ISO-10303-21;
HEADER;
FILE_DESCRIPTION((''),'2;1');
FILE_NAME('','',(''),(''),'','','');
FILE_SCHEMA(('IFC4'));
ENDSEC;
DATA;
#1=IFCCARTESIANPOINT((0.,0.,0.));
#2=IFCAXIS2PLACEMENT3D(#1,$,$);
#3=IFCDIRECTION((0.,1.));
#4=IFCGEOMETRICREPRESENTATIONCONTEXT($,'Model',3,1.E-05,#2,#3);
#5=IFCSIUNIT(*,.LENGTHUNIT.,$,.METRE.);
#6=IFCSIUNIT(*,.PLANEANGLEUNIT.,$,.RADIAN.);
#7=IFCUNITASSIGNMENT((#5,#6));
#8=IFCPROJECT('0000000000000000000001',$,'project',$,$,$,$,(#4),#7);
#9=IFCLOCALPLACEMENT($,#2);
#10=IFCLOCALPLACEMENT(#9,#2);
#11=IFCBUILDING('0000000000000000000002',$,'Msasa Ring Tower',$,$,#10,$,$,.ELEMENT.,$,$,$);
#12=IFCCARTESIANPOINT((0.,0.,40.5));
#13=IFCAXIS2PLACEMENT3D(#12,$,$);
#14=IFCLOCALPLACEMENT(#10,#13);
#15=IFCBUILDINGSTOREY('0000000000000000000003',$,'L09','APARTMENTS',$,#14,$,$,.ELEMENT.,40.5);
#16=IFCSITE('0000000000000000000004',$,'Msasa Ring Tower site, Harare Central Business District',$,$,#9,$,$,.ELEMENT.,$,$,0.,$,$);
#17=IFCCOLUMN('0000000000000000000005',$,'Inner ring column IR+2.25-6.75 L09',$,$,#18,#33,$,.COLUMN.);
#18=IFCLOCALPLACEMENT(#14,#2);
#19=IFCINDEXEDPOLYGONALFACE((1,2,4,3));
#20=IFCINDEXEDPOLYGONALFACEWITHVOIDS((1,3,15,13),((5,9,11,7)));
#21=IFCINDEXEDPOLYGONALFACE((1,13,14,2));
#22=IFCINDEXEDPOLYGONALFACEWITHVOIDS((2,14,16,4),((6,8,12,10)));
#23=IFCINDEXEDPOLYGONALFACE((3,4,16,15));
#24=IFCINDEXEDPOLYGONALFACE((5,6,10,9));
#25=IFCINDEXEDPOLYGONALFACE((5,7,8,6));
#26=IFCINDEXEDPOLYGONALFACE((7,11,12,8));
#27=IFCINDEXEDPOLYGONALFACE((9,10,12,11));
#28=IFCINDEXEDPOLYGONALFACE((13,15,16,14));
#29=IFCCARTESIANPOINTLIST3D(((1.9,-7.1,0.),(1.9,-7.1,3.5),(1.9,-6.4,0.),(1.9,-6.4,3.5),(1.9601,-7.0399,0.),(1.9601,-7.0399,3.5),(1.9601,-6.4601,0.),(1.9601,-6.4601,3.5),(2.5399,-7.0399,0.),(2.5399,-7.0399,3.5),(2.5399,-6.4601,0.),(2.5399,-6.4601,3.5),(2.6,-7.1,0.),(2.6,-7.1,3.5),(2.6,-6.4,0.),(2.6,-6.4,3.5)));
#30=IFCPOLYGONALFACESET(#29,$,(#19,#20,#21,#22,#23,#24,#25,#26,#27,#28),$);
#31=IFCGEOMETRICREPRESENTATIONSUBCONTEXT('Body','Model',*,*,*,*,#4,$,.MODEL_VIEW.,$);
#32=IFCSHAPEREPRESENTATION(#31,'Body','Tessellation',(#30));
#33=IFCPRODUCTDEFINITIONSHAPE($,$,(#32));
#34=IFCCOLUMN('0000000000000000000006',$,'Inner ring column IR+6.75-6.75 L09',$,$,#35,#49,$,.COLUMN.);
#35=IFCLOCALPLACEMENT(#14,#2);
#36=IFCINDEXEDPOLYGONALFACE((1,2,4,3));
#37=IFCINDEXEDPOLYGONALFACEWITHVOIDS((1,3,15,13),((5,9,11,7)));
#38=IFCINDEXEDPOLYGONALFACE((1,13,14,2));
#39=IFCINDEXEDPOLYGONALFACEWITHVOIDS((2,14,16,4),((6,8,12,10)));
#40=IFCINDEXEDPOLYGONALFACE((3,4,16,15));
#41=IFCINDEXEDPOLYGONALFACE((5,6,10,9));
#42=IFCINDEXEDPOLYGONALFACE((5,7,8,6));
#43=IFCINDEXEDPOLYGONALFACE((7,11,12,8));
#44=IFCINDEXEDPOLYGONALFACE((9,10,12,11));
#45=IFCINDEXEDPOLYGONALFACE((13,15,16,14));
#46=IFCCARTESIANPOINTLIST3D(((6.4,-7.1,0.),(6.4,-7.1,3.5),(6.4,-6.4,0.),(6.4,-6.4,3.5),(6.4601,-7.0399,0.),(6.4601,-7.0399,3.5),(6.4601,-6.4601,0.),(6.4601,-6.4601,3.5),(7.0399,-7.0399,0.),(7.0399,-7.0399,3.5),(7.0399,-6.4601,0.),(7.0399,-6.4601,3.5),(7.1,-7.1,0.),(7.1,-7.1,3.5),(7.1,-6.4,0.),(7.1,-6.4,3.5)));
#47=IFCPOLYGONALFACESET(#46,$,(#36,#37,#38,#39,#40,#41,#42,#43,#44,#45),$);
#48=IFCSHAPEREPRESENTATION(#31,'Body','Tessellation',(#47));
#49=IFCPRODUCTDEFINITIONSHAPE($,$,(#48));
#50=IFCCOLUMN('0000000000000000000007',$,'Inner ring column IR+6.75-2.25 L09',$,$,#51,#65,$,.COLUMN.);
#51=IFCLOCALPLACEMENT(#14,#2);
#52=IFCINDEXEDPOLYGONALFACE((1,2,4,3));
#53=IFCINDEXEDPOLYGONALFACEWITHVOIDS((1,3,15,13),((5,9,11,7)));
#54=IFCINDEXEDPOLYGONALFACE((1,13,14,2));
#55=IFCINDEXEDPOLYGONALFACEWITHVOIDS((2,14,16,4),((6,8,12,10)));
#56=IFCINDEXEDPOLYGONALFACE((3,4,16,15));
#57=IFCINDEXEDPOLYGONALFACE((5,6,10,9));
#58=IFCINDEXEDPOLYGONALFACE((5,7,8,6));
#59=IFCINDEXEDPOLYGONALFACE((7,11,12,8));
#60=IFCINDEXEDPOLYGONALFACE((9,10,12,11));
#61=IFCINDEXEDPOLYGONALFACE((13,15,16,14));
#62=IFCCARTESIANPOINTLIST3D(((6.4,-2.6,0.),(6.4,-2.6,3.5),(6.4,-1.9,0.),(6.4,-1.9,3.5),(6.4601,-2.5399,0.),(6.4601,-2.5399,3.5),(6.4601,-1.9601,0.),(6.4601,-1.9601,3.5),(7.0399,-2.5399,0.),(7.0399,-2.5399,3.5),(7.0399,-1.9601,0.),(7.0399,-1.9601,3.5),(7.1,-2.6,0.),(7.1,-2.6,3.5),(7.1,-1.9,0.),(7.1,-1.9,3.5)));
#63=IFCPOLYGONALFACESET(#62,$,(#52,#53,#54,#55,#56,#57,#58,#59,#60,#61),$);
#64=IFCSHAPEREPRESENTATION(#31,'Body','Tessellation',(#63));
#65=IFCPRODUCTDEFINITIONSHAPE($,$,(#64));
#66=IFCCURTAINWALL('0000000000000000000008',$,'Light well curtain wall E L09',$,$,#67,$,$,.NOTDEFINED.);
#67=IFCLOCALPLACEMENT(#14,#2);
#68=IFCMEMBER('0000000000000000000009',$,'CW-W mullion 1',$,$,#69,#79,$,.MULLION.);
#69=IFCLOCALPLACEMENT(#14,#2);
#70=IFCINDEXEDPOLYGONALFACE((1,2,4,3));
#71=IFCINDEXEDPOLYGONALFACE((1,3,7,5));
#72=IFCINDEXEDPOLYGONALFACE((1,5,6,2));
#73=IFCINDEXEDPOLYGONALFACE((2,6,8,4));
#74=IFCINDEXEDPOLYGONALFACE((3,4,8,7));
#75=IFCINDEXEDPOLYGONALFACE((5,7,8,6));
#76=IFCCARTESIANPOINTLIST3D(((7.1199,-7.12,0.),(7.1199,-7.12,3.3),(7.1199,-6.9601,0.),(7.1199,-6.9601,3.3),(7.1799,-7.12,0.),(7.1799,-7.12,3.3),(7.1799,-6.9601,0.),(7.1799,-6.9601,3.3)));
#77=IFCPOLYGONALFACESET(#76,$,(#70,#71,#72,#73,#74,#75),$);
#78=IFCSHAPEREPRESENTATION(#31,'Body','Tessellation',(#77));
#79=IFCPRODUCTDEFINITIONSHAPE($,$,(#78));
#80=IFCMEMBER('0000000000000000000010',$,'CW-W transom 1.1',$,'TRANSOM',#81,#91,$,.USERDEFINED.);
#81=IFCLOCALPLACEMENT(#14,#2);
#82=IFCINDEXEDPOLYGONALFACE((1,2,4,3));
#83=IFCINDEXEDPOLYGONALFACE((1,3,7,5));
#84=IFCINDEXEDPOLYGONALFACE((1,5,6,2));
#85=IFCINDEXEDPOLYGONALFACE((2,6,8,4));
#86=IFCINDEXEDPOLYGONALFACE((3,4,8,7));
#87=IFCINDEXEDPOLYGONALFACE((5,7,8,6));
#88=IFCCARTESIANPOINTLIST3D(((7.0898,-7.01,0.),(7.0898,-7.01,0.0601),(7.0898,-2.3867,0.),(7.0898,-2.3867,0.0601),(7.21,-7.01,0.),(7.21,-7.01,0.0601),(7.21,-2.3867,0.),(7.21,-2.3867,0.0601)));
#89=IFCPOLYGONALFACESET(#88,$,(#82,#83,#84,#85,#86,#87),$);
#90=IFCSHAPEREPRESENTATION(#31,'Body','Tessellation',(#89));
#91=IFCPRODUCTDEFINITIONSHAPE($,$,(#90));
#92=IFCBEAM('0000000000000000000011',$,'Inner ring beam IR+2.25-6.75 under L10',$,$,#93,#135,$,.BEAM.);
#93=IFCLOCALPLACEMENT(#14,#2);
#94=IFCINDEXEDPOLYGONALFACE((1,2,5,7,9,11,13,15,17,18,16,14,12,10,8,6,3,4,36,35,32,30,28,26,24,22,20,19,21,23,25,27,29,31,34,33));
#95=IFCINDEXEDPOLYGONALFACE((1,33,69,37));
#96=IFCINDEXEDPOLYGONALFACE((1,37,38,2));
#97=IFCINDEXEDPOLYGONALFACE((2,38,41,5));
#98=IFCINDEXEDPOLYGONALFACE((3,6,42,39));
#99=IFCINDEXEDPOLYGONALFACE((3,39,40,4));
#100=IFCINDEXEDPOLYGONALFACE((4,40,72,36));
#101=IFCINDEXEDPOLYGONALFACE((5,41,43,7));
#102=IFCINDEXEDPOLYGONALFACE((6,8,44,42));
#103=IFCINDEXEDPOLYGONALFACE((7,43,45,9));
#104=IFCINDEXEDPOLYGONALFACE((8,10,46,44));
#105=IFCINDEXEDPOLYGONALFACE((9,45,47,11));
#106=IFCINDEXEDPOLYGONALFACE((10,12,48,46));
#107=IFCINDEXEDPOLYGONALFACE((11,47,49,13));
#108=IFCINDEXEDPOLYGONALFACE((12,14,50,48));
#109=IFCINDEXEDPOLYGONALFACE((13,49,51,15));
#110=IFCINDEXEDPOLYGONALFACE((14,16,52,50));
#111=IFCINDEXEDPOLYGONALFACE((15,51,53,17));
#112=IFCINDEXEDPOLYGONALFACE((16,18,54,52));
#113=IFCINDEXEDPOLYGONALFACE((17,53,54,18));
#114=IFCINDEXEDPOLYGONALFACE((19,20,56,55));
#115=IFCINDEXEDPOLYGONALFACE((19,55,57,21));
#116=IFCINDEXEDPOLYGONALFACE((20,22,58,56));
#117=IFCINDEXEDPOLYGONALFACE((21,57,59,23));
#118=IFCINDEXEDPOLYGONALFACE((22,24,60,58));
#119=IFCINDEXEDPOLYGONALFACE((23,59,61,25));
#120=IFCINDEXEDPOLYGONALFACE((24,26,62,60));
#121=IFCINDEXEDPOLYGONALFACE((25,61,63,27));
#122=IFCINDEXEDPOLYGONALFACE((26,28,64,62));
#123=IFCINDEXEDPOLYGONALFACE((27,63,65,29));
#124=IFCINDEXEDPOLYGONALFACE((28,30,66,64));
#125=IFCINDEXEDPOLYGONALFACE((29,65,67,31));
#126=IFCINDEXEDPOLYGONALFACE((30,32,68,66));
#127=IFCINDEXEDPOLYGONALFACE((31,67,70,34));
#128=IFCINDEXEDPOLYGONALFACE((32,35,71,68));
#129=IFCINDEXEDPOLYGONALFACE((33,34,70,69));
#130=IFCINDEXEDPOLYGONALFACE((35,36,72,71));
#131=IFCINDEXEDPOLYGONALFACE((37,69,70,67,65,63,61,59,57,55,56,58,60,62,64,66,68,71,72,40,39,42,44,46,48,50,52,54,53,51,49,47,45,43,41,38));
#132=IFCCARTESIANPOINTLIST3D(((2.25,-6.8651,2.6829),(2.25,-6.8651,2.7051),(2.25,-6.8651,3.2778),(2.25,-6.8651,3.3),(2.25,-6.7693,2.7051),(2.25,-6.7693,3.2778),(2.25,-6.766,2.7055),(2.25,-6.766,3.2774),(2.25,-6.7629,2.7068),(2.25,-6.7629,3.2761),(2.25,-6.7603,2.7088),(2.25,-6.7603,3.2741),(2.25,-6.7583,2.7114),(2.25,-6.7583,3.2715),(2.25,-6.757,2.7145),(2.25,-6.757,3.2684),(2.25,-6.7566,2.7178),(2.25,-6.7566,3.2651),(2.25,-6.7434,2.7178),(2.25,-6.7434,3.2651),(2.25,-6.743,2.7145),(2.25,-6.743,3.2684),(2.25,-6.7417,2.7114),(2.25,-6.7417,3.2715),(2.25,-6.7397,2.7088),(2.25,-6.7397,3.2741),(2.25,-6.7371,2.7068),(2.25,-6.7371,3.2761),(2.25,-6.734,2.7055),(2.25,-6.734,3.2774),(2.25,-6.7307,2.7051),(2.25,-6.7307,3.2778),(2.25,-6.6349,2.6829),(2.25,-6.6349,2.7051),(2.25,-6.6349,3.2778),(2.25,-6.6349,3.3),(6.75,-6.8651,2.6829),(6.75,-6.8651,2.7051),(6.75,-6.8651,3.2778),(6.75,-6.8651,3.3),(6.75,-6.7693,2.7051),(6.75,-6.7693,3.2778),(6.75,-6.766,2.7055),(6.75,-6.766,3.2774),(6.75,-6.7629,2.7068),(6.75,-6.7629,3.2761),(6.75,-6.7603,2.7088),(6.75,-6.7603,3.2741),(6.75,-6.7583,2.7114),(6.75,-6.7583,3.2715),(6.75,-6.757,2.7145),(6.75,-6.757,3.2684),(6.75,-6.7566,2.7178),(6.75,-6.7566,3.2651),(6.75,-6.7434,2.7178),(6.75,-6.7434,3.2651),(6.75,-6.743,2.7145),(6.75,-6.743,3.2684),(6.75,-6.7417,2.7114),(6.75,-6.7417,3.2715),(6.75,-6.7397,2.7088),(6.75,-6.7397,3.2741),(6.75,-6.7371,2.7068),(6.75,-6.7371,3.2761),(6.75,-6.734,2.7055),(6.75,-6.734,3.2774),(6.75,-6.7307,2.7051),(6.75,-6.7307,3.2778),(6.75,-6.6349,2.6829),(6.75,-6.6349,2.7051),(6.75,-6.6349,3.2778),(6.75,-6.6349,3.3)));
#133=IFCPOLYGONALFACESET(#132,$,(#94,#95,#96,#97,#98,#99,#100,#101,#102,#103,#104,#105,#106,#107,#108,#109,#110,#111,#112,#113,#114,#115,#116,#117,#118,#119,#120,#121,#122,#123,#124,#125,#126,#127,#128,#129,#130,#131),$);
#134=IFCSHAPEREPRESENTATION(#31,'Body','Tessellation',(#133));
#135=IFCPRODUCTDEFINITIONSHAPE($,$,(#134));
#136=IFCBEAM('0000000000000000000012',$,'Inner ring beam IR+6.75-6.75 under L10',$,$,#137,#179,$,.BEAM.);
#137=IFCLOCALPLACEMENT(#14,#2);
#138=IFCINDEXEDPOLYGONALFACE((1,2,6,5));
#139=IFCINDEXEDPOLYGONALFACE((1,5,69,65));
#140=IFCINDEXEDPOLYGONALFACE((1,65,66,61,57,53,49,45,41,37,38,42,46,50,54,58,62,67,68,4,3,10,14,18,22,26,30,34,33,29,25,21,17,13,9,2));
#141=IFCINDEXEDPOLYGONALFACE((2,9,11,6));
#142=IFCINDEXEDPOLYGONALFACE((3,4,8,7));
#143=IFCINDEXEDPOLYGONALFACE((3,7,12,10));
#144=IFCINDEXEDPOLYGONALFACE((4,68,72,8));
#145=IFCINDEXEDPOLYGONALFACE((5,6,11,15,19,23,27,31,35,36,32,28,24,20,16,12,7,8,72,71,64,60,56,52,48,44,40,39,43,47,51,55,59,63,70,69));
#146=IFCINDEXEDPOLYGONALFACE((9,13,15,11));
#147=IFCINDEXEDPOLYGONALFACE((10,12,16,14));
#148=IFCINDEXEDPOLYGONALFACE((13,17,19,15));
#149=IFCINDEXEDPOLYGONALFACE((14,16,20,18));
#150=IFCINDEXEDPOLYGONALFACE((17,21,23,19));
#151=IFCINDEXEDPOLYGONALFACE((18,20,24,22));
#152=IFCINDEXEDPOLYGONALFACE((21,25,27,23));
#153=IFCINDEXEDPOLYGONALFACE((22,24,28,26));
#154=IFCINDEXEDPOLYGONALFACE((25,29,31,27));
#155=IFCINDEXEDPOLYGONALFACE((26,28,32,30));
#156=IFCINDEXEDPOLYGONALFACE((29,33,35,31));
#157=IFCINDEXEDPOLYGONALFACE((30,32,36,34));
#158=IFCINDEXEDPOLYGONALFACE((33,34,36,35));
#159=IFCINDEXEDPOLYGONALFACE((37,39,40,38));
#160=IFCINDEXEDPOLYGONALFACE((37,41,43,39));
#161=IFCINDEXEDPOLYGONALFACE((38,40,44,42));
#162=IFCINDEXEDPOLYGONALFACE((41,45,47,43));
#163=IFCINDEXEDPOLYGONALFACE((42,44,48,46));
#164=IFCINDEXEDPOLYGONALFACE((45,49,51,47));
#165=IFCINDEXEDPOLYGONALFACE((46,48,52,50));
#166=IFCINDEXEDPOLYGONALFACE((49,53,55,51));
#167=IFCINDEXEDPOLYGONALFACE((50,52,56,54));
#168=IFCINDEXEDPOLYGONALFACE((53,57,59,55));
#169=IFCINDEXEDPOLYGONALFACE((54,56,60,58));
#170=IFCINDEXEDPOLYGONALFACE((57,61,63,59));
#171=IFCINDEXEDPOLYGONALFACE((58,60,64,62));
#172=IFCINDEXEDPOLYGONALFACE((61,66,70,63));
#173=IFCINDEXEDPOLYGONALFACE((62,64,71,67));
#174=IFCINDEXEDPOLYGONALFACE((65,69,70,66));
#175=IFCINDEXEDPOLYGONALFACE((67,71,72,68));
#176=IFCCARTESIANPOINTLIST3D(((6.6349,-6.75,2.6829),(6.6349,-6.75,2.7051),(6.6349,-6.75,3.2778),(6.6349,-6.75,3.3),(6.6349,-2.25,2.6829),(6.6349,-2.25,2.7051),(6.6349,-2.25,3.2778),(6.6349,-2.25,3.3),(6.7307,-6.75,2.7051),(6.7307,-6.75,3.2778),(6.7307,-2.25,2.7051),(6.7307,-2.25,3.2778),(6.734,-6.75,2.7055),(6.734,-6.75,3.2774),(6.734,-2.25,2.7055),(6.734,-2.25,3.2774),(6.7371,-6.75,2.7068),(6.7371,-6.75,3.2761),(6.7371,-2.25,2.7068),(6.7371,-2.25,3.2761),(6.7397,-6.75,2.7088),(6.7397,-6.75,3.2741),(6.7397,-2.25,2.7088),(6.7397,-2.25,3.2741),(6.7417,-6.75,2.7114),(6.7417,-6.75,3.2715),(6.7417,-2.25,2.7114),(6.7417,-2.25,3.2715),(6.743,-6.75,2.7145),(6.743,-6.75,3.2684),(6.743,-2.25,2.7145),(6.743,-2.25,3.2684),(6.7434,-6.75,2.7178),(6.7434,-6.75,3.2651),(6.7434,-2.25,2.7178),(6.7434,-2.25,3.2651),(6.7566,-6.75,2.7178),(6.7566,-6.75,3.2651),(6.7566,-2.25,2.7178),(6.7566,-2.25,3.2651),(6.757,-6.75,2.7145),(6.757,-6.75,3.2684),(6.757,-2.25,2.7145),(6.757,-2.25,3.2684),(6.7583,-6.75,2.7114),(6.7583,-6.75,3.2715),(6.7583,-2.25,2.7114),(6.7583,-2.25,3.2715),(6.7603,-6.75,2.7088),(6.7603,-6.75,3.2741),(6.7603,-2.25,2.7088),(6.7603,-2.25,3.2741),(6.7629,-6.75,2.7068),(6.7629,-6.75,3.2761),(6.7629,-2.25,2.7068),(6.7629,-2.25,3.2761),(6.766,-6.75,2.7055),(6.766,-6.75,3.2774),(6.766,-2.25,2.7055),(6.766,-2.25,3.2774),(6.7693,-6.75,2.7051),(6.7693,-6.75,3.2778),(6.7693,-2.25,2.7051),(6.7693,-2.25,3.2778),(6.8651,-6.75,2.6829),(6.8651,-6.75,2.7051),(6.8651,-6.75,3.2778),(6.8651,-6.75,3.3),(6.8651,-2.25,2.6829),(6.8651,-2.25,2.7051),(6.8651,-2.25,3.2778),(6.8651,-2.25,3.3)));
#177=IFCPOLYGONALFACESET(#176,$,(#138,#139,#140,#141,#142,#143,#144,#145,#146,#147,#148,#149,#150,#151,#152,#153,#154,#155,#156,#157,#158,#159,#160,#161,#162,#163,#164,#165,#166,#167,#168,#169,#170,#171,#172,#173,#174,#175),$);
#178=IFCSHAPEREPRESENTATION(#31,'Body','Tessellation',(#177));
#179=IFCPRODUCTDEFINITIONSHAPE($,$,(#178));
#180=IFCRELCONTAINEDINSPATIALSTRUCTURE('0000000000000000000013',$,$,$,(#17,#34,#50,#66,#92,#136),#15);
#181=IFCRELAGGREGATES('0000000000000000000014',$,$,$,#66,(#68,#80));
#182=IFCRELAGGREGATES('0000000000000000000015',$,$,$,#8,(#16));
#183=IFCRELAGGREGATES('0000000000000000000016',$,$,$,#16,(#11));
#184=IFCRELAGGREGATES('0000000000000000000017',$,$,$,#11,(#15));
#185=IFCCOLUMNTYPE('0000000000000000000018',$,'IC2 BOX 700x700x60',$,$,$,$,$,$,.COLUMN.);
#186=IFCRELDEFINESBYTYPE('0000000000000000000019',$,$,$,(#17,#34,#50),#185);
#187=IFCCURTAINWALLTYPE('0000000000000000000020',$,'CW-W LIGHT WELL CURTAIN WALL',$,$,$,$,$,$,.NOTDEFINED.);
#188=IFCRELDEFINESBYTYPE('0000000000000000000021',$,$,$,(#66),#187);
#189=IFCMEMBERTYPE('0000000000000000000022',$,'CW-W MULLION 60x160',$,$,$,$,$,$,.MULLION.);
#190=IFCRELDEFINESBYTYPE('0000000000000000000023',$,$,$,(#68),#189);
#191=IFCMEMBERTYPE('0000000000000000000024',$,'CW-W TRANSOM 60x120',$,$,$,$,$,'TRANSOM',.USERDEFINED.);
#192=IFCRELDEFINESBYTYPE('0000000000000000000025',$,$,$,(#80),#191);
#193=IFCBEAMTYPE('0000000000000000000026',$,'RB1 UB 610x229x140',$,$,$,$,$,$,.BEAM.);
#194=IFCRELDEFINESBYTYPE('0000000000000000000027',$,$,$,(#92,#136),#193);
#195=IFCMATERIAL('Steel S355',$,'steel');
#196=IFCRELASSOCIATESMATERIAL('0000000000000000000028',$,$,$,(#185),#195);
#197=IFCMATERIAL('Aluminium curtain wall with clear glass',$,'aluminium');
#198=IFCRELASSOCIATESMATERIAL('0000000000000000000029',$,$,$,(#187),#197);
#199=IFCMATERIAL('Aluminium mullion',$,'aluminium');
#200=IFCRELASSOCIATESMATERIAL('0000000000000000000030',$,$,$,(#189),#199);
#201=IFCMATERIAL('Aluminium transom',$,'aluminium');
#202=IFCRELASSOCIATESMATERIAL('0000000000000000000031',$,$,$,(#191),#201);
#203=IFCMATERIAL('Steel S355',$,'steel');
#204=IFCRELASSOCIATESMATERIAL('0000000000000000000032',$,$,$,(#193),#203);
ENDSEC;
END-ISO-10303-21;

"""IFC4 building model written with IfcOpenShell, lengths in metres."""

from ifc_helpers import new_model, si_unit, direction, frame, origin, origin_2d, place, context, subcontext, project, spatial, rectangle, hollow_rectangle, i_section, extrude, material, material_profile, profile_set, type_object, element, aggregate, save


model = new_model("IFC4")

# Units and contexts
model_context = context("Model", 3, precision=1e-05, world=origin(), true_north=direction((0.0, 1.0)))
body_context = subcontext(model_context, "Body", "Model", "MODEL_VIEW")
ifc_project = project(units=[si_unit("LENGTHUNIT", "METRE"), si_unit("PLANEANGLEUNIT", "RADIAN")], contexts=[model_context])

# Site, building, storey
site_placement = place(None, origin())
site = spatial("IfcSite", under=ifc_project, at=site_placement, Name="Msasa Ring Tower site, Harare Central Business District", CompositionType="ELEMENT", RefElevation=0.0)
building_placement = place(site_placement, origin())
building = spatial("IfcBuilding", under=site, at=building_placement, Name="Msasa Ring Tower", CompositionType="ELEMENT")
storey_placement = place(building_placement, frame((0.0, 0.0, 40.5)))
storey = spatial("IfcBuildingStorey", under=building, at=storey_placement, Name="L09", Description="APARTMENTS", CompositionType="ELEMENT", Elevation=40.5)

# Columns
ifc_material_1 = material(Name="Steel S355", Category="steel")
ifc_material_profile_1 = material_profile(ifc_material_1, hollow_rectangle(XDim=0.7, YDim=0.7, WallThickness=0.0601, at=origin_2d()), Name="BOX 700x700x60")
ifc_profile_set_1 = profile_set([ifc_material_profile_1], Name="Steel S355")
column_type = type_object("IfcColumnType", Name="IC2 BOX 700x700x60", PredefinedType="COLUMN", material=ifc_profile_set_1)
for number, where, z_axis, x_axis, name in (
    (1, (2.25, -6.75, 0.0), (0.0, 0.0, 1.0), (1.0, 0.0, 0.0), "Inner ring column IR+2.25-6.75 L09"),
    (2, (6.75, -6.75, 0.0), (0.0, 0.0, 1.0), (1.0, 0.0, 0.0), "Inner ring column IR+6.75-6.75 L09"),
    (3, (6.75, -2.25, 0.0), (0.0, 0.0, 1.0), (1.0, 0.0, 0.0), "Inner ring column IR+6.75-2.25 L09"),
):
    element("IfcColumn", number, at=place(storey_placement, frame(where, z_axis=z_axis, x_axis=x_axis)), inside=storey, type_object=column_type, Name=name, PredefinedType="COLUMN", context=body_context, shape_type="SweptSolid", body=[
        extrude(hollow_rectangle(XDim=0.7, YDim=0.7, WallThickness=0.0601, at=origin_2d()), origin(), (0.0, 0.0, 1.0), 3.5),
    ])

# Curtain wall, members
ifc_material_2 = material(Name="Aluminium curtain wall with clear glass", Category="aluminium")
curtain_wall_type = type_object("IfcCurtainWallType", Name="CW-W LIGHT WELL CURTAIN WALL", PredefinedType="NOTDEFINED", material=ifc_material_2)
curtain_wall_1_placement = place(storey_placement, origin())
curtain_wall_1 = element("IfcCurtainWall", 4, at=curtain_wall_1_placement, inside=storey, type_object=curtain_wall_type, Name="Light well curtain wall E L09", PredefinedType="NOTDEFINED")
ifc_material_3 = material(Name="Aluminium mullion", Category="aluminium")
ifc_material_profile_2 = material_profile(ifc_material_3, rectangle(XDim=0.0601, YDim=0.1599, at=origin_2d()), Name="AL 60x160")
ifc_profile_set_2 = profile_set([ifc_material_profile_2], Name="Aluminium mullion")
member_type_1 = type_object("IfcMemberType", Name="CW-W MULLION 60x160", PredefinedType="MULLION", material=ifc_profile_set_2)
member_1_placement = place(storey_placement, frame((7.1499, -7.04, 0.0), z_axis=(0.0, 0.0, 1.0), x_axis=(-1.0, 0.0, 0.0)))
member_1 = element("IfcMember", 5, at=member_1_placement, type_object=member_type_1, Name="CW-W mullion 1", PredefinedType="MULLION", context=body_context, shape_type="SweptSolid", body=[
    extrude(rectangle(XDim=0.0601, YDim=0.1599, at=origin_2d()), origin(), (0.0, 0.0, 1.0), 3.3),
])
ifc_material_4 = material(Name="Aluminium transom", Category="aluminium")
ifc_material_profile_3 = material_profile(ifc_material_4, rectangle(XDim=0.1201, YDim=0.0601, at=origin_2d()), Name="AL 60x120")
ifc_profile_set_3 = profile_set([ifc_material_profile_3], Name="Aluminium transom")
member_type_2 = type_object("IfcMemberType", Name="CW-W TRANSOM 60x120", ElementType="TRANSOM", PredefinedType="USERDEFINED", material=ifc_profile_set_3)
member_2_placement = place(storey_placement, frame((7.1499, -7.01, 0.03), z_axis=(0.0, 1.0, 0.0), x_axis=(-1.0, 0.0, 0.0)))
member_2 = element("IfcMember", 6, at=member_2_placement, type_object=member_type_2, Name="CW-W transom 1.1", ObjectType="TRANSOM", PredefinedType="USERDEFINED", context=body_context, shape_type="SweptSolid", body=[
    extrude(rectangle(XDim=0.1201, YDim=0.0601, at=origin_2d()), origin(), (0.0, 0.0, 1.0), 4.6233),
])
aggregate(curtain_wall_1, [member_1, member_2])

# Beams
ifc_material_5 = material(Name="Steel S355", Category="steel")
ifc_material_profile_4 = material_profile(ifc_material_5, i_section(OverallWidth=0.2302, OverallDepth=0.6172, WebThickness=0.0132, FlangeThickness=0.0222, FilletRadius=0.0127, at=origin_2d()), Name="UB 610x229x140")
ifc_profile_set_4 = profile_set([ifc_material_profile_4], Name="Steel S355")
beam_type = type_object("IfcBeamType", Name="RB1 UB 610x229x140", PredefinedType="BEAM", material=ifc_profile_set_4)
for number, where, z_axis, x_axis, name in (
    (7, (2.25, -6.75, 2.9915), (1.0, 0.0, 0.0), (0.0, 1.0, 0.0), "Inner ring beam IR+2.25-6.75 under L10"),
    (8, (6.75, -6.75, 2.9915), (0.0, 1.0, 0.0), (-1.0, 0.0, 0.0), "Inner ring beam IR+6.75-6.75 under L10"),
):
    element("IfcBeam", number, at=place(storey_placement, frame(where, z_axis=z_axis, x_axis=x_axis)), inside=storey, type_object=beam_type, Name=name, PredefinedType="BEAM", context=body_context, shape_type="SweptSolid", body=[
        extrude(i_section(OverallWidth=0.2302, OverallDepth=0.6172, WebThickness=0.0132, FlangeThickness=0.0222, FilletRadius=0.0127, at=origin_2d()), origin(), (0.0, 0.0, 1.0), 4.5),
    ])

save(model, "model.ifc")
